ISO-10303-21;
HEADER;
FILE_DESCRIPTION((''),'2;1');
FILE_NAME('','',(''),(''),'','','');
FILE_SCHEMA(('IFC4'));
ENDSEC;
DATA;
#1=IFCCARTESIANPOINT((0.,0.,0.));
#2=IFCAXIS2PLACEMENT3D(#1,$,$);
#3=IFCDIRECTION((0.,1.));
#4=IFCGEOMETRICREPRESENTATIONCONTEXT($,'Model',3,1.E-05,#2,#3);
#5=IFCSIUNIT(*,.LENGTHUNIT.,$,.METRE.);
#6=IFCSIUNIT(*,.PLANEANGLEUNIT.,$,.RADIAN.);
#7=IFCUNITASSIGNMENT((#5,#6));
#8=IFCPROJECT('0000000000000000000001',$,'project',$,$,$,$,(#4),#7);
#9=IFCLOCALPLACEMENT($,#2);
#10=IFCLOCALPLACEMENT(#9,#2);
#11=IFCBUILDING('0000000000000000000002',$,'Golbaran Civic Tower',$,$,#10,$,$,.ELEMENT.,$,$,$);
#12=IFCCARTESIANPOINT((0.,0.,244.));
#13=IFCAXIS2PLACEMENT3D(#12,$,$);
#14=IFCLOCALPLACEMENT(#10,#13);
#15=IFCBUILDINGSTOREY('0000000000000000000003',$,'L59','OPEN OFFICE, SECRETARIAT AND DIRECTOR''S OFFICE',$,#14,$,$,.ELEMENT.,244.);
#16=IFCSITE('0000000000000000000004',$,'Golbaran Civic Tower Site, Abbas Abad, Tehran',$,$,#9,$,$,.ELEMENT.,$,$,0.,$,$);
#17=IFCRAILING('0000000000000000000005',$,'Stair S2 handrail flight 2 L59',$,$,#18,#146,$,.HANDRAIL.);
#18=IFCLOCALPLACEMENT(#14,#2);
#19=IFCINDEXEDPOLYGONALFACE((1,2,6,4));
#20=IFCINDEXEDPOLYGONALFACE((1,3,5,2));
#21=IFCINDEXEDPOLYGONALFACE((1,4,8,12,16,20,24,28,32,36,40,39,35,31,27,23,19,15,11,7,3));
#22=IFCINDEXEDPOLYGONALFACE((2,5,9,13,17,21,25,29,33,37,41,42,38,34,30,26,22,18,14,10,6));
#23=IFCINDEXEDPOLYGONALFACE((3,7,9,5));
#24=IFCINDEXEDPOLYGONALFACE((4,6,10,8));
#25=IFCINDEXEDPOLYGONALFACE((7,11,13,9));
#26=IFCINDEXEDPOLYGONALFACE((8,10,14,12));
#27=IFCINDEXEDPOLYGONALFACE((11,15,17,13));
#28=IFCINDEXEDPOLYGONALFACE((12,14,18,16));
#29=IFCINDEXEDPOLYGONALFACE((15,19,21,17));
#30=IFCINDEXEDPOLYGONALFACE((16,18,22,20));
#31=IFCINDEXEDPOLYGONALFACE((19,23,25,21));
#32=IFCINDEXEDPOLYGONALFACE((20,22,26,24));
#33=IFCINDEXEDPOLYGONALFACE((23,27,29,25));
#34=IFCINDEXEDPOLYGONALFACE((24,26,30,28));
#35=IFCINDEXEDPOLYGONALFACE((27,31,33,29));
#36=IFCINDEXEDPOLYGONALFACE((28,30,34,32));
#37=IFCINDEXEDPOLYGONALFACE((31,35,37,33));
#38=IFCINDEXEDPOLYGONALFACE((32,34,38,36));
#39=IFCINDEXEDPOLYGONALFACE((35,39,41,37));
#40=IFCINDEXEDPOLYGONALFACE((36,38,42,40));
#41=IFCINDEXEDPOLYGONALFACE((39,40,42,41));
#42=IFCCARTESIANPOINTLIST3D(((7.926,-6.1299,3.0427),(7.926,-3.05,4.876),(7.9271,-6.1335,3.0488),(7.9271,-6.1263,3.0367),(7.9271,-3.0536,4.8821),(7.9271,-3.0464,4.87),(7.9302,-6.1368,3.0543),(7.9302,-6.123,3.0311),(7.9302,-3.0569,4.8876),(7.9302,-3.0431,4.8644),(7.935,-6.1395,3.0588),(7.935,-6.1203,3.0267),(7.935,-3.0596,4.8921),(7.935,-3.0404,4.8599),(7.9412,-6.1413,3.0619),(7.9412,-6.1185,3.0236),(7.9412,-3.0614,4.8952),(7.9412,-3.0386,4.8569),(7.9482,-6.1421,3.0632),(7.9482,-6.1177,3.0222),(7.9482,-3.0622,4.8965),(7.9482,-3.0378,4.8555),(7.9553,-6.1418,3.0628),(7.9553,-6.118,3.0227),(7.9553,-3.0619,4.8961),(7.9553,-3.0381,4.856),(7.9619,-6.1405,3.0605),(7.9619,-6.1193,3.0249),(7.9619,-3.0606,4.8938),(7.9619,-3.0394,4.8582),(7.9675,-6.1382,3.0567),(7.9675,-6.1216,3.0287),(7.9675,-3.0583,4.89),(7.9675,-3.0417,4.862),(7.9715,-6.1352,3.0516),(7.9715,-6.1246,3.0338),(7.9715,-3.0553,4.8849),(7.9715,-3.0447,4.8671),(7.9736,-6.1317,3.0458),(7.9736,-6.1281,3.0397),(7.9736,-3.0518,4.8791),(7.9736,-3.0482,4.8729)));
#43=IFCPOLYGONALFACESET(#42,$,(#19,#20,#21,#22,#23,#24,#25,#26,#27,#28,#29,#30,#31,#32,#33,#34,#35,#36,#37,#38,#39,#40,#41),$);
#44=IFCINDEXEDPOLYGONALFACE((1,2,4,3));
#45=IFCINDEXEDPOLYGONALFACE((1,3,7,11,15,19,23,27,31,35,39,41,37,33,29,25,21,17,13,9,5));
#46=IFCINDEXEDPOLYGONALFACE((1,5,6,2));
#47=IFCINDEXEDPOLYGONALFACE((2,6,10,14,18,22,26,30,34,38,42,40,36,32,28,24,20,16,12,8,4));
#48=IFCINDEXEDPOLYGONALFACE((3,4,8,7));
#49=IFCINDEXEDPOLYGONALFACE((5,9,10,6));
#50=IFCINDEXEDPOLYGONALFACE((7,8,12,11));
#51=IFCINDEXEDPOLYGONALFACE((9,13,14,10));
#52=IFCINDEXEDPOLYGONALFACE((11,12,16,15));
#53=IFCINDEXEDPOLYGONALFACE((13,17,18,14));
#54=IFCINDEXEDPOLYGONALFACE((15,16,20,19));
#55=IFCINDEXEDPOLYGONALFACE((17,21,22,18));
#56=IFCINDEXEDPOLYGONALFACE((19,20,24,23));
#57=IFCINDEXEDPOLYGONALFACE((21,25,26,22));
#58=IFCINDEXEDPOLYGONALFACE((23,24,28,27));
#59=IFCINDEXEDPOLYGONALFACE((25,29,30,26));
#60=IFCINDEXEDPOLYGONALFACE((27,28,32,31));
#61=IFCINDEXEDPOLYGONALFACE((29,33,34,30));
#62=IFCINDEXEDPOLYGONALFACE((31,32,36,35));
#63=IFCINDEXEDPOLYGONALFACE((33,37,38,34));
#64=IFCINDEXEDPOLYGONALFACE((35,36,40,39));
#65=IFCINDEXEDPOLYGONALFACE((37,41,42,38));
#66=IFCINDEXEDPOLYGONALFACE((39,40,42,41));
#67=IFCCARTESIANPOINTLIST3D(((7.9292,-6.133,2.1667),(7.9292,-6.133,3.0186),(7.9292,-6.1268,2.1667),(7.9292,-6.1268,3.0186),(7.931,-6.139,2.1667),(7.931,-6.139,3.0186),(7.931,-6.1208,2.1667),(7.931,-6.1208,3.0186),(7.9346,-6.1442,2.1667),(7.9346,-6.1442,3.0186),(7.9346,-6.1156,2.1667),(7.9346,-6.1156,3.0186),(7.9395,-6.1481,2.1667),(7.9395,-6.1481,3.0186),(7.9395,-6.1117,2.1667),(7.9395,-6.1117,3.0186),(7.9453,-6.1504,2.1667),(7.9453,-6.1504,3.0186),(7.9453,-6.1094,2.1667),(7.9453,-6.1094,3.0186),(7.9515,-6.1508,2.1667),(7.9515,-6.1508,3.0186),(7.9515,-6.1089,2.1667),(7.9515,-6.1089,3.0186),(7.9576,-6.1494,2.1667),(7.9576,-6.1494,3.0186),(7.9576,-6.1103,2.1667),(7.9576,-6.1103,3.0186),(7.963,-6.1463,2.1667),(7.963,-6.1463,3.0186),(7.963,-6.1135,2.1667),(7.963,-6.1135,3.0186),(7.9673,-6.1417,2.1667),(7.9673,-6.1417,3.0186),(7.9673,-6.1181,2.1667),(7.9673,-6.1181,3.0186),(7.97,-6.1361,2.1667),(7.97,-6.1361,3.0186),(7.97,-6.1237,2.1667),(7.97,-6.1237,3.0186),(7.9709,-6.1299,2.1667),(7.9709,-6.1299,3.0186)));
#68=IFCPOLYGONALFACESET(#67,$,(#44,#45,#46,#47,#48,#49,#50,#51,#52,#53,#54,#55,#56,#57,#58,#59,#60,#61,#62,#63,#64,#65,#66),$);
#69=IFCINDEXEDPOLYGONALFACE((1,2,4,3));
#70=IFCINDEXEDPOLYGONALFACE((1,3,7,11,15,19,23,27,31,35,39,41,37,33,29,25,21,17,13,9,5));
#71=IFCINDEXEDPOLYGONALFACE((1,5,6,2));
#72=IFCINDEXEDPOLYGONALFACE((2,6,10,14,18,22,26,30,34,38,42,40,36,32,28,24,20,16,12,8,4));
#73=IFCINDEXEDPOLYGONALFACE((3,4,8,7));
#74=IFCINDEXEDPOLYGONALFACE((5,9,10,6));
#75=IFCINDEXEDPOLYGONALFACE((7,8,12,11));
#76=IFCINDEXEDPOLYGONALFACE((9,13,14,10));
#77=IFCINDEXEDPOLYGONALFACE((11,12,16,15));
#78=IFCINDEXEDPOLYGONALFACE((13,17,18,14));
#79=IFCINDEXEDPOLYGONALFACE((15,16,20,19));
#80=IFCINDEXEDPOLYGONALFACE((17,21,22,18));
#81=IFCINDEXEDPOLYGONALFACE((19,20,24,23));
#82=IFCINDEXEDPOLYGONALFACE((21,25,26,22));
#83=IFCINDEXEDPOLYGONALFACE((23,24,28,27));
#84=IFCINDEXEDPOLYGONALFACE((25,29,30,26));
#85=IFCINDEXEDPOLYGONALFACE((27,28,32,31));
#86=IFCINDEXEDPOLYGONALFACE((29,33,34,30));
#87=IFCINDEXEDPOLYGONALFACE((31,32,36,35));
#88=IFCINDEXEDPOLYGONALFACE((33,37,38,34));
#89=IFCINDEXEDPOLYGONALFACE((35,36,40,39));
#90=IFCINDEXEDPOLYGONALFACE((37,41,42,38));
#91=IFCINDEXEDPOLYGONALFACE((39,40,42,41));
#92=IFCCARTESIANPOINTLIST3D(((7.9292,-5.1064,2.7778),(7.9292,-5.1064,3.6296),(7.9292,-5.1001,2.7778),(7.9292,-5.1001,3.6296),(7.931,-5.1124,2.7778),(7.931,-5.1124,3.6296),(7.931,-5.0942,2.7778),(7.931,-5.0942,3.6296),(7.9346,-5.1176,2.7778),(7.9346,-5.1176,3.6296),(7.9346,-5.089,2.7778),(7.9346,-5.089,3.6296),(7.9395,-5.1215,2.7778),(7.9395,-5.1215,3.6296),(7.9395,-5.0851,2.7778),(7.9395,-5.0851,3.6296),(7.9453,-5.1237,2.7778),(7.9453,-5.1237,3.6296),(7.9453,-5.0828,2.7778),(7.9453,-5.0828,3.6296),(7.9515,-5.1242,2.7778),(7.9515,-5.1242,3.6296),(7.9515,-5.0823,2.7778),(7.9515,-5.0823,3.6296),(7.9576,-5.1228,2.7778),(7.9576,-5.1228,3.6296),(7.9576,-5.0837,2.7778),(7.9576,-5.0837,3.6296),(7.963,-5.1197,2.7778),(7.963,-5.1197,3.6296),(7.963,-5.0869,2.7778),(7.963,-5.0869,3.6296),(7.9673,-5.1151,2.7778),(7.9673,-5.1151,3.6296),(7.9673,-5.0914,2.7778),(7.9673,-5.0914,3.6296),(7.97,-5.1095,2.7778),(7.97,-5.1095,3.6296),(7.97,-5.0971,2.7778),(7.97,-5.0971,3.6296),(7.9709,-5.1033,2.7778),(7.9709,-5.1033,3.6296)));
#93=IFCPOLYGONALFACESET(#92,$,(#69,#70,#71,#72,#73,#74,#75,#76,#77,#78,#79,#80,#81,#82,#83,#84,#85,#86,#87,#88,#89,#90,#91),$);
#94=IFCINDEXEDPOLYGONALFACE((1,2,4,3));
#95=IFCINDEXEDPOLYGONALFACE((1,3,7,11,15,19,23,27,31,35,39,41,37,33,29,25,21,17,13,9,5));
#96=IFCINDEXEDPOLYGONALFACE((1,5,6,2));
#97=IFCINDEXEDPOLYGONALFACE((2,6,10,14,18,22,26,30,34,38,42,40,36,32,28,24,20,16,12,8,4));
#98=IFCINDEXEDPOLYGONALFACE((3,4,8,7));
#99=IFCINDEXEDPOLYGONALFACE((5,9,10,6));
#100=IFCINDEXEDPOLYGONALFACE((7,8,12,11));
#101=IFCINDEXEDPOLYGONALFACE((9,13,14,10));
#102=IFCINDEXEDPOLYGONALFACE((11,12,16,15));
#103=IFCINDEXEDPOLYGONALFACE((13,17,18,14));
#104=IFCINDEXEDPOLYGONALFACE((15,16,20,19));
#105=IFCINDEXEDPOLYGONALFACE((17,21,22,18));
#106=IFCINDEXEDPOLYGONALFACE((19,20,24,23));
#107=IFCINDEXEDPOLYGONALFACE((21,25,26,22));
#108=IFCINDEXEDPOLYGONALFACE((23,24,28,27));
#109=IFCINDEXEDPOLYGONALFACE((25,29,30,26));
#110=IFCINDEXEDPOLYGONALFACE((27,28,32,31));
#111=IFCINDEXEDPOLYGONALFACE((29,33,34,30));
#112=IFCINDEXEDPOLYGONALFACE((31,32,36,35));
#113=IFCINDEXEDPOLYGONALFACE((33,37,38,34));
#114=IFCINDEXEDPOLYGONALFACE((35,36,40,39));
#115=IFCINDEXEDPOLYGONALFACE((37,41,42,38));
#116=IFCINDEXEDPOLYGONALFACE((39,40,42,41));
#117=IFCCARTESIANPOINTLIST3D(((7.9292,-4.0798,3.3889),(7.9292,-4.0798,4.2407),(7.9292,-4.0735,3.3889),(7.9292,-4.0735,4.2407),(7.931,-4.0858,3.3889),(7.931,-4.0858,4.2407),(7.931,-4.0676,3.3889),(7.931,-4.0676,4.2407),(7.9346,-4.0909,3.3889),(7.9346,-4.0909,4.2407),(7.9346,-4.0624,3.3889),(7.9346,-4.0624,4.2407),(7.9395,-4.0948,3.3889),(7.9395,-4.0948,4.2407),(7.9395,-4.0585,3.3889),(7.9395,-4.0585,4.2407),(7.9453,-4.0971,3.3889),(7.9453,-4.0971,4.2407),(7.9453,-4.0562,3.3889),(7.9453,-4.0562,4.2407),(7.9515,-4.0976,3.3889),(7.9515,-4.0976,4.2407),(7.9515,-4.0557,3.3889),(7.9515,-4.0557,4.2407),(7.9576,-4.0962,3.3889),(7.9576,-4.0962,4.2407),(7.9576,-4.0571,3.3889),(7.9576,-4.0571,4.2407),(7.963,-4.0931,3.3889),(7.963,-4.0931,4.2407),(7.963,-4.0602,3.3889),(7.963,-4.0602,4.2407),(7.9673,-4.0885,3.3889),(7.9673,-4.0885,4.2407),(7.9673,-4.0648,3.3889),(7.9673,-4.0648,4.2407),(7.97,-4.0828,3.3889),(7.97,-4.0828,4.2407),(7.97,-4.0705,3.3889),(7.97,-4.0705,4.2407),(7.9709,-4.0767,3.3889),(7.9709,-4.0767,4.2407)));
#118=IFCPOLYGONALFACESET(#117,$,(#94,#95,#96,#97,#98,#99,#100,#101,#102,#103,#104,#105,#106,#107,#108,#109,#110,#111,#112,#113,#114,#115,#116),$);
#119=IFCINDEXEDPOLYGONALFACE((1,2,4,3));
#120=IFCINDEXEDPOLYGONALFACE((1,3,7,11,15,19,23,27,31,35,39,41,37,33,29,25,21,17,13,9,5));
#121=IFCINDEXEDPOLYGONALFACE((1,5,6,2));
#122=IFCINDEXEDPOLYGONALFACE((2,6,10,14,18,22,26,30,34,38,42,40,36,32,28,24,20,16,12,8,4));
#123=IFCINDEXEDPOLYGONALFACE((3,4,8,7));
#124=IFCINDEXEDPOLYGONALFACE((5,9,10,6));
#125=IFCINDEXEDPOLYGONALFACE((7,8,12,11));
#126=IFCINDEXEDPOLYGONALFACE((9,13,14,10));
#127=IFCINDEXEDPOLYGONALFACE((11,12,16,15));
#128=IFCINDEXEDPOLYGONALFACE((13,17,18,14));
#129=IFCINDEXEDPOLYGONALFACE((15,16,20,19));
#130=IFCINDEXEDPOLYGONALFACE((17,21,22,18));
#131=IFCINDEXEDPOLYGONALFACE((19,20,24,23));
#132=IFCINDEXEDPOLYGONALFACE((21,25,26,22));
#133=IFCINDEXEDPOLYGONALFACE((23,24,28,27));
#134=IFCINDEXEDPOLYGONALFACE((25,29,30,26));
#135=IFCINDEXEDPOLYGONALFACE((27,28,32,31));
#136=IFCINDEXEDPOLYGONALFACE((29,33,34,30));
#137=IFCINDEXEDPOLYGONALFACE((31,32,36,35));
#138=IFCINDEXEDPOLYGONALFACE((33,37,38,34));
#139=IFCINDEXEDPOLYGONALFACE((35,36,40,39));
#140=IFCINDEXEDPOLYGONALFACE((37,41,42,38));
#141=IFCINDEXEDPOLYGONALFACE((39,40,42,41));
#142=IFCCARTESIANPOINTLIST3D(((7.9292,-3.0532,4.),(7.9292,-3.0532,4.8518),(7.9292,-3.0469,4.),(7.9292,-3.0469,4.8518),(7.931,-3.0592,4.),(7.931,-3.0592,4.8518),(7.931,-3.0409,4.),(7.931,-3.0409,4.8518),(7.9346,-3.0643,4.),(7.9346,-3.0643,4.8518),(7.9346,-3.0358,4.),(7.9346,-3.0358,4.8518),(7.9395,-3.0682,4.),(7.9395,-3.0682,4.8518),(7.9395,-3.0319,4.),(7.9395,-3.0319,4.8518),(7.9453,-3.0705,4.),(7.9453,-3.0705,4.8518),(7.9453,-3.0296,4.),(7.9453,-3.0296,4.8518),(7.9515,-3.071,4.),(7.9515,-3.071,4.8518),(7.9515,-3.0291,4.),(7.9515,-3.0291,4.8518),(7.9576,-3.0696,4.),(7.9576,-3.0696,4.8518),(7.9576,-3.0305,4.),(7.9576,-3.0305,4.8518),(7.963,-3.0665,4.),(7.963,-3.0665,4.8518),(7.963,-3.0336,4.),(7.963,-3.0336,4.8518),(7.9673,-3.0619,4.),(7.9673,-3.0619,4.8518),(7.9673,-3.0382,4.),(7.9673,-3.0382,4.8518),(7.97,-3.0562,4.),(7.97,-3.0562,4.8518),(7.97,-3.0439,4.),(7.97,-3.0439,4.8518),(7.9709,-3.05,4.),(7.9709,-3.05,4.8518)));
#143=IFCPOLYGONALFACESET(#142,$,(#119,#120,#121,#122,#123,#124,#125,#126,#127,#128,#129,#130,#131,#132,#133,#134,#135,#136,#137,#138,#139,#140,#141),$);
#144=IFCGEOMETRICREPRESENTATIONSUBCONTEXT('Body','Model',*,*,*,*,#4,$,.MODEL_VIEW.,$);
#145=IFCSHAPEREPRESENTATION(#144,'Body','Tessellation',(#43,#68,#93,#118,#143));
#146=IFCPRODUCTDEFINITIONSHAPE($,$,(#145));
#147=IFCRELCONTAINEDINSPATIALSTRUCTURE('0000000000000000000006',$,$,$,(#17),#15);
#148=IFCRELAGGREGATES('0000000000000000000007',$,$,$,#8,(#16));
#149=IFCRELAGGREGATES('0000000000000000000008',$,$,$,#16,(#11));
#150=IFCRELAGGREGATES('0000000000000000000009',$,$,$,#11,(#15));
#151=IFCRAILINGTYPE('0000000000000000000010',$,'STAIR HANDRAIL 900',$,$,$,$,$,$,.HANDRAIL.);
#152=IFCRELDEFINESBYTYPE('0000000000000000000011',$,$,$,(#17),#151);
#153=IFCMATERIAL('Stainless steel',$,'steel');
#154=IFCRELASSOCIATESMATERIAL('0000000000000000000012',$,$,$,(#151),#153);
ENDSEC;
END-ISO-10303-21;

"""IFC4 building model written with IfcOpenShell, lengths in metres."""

from ifc_helpers import new_model, si_unit, direction, frame, origin, origin_2d, place, context, subcontext, project, spatial, circle, extrude, material, type_object, element, save


model = new_model("IFC4")

# Units and contexts
model_context = context("Model", 3, precision=1e-05, world=origin(), true_north=direction((0.0, 1.0)))
body_context = subcontext(model_context, "Body", "Model", "MODEL_VIEW")
ifc_project = project(units=[si_unit("LENGTHUNIT", "METRE"), si_unit("PLANEANGLEUNIT", "RADIAN")], contexts=[model_context])

# Site, building, storey
site_placement = place(None, origin())
site = spatial("IfcSite", under=ifc_project, at=site_placement, Name="Golbaran Civic Tower Site, Abbas Abad, Tehran", CompositionType="ELEMENT", RefElevation=0.0)
building_placement = place(site_placement, origin())
building = spatial("IfcBuilding", under=site, at=building_placement, Name="Golbaran Civic Tower", CompositionType="ELEMENT")
storey_placement = place(building_placement, frame((0.0, 0.0, 244.0)))
storey = spatial("IfcBuildingStorey", under=building, at=storey_placement, Name="L59", Description="OPEN OFFICE, SECRETARIAT AND DIRECTOR'S OFFICE", CompositionType="ELEMENT", Elevation=244.0)

# Shared definitions
ifc_material_1 = material(Name="Stainless steel", Category="steel")

# Railing
railing_type = type_object("IfcRailingType", Name="STAIR HANDRAIL 900", PredefinedType="HANDRAIL", material=ifc_material_1)
railing_1_placement = place(storey_placement, frame((7.95, -6.1299, 2.1667)))
element("IfcRailing", 1, at=railing_1_placement, inside=storey, type_object=railing_type, Name="Stair S2 handrail flight 2 L59", PredefinedType="HANDRAIL", context=body_context, shape_type="SweptSolid", body=[
    extrude(circle(Radius=0.0239, at=origin_2d()), frame((0.0, 0.0, 0.876), z_axis=(0.0, 0.859291, 0.511487), x_axis=(-1.0, 0.0, 0.0)), (0.0, 0.0, 1.0), 3.5842),
    extrude(circle(Radius=0.021, at=origin_2d()), origin(), (0.0, 0.0, 1.0), 0.8518),
    extrude(circle(Radius=0.021, at=origin_2d()), frame((0.0, 1.0266, 0.6111)), (0.0, 0.0, 1.0), 0.8518),
    extrude(circle(Radius=0.021, at=origin_2d()), frame((0.0, 2.0532, 1.2222)), (0.0, 0.0, 1.0), 0.8518),
    extrude(circle(Radius=0.021, at=origin_2d()), frame((0.0, 3.0798, 1.8333)), (0.0, 0.0, 1.0), 0.8518),
])

save(model, "model.ifc")
